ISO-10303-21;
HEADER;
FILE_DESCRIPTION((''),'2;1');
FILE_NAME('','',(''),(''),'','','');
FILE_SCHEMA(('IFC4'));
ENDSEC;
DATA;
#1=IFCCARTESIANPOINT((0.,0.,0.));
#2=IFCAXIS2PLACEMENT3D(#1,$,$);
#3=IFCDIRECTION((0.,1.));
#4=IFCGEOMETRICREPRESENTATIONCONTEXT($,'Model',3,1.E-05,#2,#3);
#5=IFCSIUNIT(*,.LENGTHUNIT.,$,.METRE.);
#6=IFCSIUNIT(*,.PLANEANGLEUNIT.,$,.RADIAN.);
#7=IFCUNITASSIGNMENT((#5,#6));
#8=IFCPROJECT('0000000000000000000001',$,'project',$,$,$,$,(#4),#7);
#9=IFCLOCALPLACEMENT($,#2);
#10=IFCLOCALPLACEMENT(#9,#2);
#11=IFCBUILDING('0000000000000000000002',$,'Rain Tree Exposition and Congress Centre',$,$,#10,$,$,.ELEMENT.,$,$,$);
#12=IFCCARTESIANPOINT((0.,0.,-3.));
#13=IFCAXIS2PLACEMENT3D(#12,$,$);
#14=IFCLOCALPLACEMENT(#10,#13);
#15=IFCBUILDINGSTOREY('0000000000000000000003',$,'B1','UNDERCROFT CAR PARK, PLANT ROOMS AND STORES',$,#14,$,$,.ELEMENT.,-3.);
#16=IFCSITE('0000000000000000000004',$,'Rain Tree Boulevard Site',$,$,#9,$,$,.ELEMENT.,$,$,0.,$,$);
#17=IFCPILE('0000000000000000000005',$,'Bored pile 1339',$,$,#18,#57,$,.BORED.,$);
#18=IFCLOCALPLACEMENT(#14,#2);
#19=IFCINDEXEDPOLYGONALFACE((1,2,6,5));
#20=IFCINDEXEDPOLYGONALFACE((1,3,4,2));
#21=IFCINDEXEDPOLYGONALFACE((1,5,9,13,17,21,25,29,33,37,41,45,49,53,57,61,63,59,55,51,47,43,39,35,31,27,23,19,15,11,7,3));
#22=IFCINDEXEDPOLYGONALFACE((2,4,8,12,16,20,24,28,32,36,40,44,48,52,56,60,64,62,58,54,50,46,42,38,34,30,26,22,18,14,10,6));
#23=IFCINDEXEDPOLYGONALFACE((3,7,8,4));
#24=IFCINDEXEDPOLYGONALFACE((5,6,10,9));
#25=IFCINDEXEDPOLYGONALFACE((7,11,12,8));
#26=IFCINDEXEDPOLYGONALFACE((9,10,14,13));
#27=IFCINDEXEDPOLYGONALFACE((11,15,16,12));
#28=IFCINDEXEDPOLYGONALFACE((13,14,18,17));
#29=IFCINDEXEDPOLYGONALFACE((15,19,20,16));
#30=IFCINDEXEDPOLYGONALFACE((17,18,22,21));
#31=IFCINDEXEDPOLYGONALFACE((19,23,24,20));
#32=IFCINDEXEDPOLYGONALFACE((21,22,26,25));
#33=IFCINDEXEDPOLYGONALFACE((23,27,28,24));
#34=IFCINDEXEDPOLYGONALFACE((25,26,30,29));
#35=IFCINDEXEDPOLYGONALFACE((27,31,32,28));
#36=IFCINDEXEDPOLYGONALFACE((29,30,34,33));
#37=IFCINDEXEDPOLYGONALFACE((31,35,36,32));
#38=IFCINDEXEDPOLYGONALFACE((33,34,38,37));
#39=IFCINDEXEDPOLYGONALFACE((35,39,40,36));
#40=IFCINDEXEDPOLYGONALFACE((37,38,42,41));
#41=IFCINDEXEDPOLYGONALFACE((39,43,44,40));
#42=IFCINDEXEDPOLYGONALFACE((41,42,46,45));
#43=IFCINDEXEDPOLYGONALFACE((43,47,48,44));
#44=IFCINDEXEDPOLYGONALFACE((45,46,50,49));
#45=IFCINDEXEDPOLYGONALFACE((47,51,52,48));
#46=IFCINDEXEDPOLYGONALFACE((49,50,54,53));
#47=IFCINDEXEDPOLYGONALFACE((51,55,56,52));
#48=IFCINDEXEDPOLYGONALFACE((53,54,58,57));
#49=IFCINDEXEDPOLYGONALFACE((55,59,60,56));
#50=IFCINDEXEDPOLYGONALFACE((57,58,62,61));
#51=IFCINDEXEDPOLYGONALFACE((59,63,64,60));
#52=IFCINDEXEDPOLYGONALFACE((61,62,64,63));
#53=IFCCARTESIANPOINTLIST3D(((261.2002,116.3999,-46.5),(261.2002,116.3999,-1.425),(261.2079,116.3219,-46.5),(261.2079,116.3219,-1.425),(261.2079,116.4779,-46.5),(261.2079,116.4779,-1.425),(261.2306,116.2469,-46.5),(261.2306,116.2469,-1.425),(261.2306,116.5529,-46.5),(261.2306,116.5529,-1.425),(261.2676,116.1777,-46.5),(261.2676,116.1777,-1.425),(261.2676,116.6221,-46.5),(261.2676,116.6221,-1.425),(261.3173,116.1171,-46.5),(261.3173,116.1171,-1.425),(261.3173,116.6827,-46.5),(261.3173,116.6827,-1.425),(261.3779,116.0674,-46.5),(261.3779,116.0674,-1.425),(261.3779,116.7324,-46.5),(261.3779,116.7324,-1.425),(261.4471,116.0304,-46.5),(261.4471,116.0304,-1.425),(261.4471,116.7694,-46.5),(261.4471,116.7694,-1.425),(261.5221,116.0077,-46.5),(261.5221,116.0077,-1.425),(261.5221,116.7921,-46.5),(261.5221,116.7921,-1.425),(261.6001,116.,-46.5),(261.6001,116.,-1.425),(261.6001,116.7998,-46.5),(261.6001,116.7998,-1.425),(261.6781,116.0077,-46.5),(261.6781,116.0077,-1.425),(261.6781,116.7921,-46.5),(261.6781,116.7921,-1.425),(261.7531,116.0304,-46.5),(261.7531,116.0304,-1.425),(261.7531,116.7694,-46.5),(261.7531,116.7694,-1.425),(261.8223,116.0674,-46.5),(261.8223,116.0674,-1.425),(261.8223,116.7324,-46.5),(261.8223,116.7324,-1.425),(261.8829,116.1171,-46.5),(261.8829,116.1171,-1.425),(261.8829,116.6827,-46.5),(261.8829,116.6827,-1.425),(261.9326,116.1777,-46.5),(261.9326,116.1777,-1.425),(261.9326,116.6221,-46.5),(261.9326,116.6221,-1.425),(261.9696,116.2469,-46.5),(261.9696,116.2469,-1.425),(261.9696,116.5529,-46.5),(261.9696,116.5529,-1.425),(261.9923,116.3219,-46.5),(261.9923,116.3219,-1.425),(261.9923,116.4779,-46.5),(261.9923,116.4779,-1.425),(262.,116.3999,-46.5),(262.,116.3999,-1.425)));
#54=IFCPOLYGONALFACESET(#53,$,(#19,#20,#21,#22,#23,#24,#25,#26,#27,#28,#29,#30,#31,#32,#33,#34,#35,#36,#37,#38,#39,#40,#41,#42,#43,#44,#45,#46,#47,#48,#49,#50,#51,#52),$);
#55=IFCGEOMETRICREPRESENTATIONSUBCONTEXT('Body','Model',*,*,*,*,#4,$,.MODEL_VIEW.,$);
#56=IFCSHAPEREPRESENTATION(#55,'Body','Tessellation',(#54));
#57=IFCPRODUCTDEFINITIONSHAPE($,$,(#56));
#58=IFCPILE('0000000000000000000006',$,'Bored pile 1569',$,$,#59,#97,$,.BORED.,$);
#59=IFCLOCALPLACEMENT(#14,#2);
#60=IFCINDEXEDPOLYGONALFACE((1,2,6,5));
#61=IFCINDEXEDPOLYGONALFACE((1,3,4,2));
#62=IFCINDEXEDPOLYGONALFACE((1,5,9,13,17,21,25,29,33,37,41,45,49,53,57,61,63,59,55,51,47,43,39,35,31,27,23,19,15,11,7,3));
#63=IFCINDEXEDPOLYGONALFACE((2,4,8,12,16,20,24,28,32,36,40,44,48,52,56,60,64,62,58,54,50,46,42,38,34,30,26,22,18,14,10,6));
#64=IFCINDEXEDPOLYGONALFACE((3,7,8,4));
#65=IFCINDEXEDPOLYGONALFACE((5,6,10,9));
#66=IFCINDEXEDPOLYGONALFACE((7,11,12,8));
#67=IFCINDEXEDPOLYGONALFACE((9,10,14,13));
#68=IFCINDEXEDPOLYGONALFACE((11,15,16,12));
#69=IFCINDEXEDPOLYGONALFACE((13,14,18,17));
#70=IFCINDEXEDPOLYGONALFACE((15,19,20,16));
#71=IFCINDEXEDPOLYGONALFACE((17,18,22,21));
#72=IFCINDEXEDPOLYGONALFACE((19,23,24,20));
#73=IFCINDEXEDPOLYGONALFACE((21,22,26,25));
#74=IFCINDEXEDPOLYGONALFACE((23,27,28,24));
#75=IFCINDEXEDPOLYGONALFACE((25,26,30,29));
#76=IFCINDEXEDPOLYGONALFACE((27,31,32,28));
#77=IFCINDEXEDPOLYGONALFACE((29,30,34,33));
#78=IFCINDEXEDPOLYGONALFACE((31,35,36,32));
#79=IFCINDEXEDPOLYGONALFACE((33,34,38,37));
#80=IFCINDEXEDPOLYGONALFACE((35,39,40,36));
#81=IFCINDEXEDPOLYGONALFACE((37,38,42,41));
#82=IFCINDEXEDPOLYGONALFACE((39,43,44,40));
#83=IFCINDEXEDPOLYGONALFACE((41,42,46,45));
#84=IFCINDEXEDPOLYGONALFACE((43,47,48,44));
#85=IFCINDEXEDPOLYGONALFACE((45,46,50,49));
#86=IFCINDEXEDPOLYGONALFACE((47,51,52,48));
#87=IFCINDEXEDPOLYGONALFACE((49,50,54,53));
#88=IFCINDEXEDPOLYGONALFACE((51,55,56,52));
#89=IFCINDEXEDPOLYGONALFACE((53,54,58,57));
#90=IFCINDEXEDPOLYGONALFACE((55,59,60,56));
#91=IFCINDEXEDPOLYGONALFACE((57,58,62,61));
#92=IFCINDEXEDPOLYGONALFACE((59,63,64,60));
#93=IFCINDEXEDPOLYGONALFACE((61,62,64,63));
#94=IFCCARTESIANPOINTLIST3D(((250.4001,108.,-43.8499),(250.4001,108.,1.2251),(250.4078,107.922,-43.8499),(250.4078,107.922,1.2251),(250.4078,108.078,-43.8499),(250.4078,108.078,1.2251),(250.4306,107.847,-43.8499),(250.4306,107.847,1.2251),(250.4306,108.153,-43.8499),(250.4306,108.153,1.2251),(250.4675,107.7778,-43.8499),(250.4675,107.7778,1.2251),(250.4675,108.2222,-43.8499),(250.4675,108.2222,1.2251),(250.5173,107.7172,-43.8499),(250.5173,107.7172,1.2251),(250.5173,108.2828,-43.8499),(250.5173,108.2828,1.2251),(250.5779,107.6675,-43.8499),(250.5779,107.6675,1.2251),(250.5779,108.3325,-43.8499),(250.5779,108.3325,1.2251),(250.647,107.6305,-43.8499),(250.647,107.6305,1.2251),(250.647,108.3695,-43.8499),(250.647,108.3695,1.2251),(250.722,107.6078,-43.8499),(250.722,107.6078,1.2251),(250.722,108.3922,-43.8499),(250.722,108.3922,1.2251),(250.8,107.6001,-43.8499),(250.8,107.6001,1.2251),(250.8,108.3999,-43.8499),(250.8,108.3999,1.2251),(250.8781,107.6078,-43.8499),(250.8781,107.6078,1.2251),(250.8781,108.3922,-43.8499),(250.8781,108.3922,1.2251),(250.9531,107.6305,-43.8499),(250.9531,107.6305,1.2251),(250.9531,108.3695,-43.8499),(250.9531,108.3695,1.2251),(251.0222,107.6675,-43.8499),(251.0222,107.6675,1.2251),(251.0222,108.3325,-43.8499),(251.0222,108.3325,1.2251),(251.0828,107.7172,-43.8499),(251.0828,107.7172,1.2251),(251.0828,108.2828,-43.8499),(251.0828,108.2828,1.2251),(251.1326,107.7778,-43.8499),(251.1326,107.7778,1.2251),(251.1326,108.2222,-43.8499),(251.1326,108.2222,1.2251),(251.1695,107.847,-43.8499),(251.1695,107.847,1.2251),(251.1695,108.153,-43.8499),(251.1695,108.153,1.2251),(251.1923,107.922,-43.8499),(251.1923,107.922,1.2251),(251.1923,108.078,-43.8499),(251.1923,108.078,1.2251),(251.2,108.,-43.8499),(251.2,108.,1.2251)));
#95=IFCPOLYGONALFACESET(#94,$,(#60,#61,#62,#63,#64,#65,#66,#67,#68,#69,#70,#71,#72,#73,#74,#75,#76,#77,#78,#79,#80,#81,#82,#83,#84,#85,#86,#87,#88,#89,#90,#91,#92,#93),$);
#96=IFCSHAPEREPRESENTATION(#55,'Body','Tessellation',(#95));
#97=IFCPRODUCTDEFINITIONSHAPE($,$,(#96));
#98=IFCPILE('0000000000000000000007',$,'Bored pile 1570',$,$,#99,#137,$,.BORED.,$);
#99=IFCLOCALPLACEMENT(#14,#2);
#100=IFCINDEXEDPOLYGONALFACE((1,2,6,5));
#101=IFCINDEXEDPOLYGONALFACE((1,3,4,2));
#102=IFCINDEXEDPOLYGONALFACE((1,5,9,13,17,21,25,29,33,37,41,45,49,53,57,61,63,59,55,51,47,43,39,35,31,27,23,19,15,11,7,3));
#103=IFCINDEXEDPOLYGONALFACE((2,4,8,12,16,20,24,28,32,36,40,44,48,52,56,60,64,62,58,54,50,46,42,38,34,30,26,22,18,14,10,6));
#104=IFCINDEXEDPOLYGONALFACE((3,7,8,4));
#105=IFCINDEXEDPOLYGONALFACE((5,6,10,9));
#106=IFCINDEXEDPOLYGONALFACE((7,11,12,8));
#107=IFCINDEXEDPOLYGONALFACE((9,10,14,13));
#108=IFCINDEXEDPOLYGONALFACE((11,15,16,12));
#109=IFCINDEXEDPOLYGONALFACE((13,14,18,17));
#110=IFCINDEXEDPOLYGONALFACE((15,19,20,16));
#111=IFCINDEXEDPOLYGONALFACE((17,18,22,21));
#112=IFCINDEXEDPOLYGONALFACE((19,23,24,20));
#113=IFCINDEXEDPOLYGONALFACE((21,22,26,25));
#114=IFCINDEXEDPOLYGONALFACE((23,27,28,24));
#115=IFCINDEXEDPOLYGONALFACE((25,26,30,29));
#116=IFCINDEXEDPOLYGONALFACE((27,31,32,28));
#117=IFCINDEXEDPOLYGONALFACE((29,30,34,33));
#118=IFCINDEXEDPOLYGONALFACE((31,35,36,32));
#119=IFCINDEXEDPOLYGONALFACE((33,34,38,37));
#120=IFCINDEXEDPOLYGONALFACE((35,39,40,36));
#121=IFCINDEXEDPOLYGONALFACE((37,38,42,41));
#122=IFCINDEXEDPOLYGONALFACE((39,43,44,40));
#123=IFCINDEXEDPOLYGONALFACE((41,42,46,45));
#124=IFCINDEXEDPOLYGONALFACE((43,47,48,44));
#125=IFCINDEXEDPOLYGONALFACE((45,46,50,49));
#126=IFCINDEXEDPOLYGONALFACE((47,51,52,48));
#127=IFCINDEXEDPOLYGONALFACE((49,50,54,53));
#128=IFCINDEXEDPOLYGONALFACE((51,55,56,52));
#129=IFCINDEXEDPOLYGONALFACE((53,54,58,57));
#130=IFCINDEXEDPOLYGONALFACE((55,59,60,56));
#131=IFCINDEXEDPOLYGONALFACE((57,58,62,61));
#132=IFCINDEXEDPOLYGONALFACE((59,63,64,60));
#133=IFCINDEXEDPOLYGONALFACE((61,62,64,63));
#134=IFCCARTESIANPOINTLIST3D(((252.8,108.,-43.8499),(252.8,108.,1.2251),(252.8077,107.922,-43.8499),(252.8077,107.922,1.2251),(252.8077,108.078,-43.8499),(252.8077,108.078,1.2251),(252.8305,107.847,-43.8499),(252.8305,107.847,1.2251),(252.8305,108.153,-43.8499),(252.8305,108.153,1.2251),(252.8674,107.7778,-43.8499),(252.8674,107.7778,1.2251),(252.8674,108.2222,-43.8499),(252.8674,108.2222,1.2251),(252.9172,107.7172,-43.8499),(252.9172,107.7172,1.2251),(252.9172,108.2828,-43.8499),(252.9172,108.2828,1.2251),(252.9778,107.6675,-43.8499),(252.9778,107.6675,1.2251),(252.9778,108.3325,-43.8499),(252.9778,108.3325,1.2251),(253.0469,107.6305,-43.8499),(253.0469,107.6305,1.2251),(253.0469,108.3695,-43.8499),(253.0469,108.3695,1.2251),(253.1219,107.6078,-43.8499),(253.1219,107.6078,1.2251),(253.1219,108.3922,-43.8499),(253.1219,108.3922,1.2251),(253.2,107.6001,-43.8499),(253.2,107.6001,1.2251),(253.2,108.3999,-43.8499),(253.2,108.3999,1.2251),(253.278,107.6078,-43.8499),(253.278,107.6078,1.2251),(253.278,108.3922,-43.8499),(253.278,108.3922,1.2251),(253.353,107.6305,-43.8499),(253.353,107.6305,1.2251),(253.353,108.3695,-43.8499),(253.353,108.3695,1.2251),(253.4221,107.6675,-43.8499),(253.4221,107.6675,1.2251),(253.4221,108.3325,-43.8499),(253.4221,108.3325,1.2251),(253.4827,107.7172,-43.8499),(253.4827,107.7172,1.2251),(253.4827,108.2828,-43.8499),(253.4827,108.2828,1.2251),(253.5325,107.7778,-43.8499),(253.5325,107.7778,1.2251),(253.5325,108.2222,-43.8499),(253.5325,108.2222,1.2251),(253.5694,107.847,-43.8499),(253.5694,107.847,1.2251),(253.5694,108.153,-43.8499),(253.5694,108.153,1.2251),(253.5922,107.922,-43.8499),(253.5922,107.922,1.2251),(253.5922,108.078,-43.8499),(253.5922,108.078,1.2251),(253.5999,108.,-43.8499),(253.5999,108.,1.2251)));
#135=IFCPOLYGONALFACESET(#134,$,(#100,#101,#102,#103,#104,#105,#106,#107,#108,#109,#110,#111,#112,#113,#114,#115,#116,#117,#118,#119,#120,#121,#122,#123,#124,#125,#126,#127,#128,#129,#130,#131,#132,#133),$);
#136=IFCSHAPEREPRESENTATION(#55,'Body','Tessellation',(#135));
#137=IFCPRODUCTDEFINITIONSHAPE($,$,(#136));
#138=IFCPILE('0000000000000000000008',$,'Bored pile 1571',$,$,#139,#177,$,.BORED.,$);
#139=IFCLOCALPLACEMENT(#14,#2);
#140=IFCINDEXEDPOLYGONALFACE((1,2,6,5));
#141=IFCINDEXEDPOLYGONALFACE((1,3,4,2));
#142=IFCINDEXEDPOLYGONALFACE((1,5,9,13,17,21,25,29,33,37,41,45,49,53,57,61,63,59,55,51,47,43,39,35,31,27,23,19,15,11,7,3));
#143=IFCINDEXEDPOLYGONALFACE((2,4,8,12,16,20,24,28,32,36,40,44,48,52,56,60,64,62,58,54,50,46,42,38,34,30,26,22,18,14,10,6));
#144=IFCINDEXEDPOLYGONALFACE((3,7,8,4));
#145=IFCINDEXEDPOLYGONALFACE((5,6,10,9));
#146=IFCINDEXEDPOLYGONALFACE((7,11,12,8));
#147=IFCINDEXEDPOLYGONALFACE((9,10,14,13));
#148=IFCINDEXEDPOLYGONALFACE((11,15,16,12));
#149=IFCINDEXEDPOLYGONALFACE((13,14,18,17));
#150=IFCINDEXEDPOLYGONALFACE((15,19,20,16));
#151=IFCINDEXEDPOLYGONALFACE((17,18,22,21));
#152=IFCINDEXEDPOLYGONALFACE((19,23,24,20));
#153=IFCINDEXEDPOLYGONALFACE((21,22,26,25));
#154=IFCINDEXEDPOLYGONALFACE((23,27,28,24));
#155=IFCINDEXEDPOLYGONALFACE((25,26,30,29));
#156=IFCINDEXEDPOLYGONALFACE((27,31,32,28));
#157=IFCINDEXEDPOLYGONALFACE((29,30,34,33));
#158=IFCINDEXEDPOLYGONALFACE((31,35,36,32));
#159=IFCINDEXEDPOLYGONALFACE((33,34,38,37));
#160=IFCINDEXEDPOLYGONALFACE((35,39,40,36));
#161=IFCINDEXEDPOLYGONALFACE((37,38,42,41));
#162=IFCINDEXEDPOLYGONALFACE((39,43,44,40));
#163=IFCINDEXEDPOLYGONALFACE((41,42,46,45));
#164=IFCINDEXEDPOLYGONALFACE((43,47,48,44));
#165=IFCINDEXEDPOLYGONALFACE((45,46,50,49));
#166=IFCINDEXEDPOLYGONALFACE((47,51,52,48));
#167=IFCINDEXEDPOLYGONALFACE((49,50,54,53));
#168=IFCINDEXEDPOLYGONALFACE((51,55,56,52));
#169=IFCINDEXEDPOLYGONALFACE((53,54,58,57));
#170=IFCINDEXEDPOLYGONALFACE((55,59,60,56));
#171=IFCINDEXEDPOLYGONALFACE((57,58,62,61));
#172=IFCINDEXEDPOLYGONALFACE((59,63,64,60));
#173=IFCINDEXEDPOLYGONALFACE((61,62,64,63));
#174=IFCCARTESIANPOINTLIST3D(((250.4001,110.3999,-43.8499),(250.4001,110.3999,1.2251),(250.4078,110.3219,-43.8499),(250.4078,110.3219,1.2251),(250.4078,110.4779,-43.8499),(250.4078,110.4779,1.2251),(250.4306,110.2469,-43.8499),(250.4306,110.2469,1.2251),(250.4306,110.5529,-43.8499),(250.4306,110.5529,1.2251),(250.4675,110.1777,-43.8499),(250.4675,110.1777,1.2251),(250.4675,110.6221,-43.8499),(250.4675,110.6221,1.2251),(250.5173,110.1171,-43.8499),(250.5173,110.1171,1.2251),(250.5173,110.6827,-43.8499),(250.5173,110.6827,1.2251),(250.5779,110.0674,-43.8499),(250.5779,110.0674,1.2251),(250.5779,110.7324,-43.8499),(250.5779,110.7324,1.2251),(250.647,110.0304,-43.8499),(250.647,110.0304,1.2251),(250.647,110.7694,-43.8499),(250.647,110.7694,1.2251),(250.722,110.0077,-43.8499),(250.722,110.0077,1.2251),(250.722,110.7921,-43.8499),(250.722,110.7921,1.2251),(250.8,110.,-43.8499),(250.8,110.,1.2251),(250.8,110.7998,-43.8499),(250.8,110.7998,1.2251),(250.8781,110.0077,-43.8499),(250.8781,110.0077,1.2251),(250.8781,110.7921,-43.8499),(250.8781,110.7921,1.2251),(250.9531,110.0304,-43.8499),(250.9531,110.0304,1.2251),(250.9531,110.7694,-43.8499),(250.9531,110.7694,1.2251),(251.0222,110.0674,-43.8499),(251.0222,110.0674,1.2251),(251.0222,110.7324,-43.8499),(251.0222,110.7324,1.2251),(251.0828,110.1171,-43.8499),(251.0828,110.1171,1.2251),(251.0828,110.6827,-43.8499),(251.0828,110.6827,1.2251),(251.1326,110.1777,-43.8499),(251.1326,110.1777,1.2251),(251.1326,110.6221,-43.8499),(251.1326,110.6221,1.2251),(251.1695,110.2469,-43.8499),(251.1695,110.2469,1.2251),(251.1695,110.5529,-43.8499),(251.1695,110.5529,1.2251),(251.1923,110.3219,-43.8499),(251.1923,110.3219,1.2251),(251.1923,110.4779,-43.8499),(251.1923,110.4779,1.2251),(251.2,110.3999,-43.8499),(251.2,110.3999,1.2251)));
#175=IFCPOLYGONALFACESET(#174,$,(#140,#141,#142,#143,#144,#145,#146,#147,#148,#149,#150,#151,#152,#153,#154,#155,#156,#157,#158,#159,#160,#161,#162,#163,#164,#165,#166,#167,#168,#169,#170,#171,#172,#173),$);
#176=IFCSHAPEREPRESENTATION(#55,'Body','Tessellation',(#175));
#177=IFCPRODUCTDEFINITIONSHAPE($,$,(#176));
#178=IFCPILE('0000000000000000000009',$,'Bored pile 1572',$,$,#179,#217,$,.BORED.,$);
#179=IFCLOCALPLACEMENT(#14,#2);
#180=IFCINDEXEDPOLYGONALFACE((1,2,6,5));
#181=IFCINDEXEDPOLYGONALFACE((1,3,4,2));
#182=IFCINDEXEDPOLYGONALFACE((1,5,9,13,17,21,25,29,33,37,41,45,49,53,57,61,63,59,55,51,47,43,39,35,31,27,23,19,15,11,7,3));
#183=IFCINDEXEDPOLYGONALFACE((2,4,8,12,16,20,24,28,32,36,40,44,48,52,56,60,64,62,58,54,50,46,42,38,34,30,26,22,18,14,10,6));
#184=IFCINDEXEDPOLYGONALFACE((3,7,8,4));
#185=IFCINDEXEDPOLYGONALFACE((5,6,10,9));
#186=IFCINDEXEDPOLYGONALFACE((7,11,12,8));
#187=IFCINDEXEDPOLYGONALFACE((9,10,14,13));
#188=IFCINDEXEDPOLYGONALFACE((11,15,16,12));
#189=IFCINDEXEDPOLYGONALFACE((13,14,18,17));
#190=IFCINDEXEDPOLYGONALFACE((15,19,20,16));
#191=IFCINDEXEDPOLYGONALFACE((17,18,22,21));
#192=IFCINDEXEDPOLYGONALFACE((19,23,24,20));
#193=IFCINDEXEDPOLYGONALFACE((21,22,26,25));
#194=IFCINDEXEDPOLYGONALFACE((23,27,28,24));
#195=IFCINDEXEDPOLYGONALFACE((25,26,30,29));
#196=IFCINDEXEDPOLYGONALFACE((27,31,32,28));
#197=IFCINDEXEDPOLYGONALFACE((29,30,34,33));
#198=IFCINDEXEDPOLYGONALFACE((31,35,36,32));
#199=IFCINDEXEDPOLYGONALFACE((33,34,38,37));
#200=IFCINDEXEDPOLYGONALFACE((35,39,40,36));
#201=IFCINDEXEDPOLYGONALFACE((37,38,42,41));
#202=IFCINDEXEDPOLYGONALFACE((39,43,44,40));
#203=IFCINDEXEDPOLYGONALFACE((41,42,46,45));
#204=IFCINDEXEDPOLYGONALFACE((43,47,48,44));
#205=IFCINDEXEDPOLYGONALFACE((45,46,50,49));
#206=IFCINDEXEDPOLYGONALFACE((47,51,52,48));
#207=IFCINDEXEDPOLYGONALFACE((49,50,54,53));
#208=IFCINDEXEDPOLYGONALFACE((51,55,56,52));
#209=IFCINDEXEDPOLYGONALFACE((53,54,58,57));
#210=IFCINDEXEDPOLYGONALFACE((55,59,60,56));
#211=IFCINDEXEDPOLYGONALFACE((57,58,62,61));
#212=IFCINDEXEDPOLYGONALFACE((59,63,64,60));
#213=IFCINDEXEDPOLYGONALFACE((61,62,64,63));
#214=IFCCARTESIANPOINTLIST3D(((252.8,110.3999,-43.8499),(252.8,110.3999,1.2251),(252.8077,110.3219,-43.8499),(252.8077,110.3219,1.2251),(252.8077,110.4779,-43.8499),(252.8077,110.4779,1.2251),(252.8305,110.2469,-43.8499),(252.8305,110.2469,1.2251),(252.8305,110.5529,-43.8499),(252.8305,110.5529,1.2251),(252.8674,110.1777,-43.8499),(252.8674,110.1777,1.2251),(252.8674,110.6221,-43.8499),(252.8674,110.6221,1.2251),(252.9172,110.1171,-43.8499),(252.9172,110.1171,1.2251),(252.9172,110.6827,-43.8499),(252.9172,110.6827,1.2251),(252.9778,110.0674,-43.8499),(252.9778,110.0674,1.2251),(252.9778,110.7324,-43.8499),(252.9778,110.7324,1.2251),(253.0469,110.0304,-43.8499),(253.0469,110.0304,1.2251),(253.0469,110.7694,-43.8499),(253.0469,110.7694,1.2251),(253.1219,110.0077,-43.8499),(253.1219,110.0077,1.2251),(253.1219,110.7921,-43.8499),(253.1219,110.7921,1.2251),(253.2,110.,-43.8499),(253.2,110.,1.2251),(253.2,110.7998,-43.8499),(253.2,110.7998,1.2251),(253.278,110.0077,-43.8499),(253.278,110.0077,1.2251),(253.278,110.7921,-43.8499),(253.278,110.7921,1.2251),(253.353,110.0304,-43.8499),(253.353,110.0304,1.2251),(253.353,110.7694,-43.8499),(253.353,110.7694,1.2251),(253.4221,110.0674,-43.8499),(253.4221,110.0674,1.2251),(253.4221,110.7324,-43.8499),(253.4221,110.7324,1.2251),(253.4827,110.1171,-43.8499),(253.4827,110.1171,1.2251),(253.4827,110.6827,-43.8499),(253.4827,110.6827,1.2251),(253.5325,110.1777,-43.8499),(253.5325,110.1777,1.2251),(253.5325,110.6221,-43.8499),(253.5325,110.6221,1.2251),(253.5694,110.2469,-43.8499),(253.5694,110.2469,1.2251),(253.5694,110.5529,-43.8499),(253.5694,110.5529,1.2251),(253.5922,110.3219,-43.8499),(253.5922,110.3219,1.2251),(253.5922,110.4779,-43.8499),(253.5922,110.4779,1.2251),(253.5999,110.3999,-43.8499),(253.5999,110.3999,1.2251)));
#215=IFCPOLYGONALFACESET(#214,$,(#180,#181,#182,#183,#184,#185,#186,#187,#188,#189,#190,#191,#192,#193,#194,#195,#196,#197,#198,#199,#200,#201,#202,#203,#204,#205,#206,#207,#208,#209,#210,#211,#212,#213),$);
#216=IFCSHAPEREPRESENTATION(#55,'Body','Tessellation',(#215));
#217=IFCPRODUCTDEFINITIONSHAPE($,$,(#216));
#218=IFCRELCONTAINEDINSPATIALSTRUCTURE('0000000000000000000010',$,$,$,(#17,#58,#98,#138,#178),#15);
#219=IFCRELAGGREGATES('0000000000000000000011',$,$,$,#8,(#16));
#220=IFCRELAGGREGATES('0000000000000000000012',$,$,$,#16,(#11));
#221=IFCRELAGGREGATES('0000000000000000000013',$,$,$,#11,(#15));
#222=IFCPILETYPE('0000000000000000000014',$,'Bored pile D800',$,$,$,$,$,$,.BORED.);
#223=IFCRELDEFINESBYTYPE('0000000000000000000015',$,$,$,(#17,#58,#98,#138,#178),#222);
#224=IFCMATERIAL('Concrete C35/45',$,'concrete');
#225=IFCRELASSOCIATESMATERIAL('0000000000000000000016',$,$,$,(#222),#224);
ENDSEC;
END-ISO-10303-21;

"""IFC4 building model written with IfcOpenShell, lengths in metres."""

from ifc_helpers import new_model, si_unit, direction, frame, origin, origin_2d, place, context, subcontext, project, spatial, circle, extrude, material, material_profile, profile_set, type_object, element, save


model = new_model("IFC4")

# Units and contexts
model_context = context("Model", 3, precision=1e-05, world=origin(), true_north=direction((0.0, 1.0)))
body_context = subcontext(model_context, "Body", "Model", "MODEL_VIEW")
ifc_project = project(units=[si_unit("LENGTHUNIT", "METRE"), si_unit("PLANEANGLEUNIT", "RADIAN")], contexts=[model_context])

# Site, building, storey
site_placement = place(None, origin())
site = spatial("IfcSite", under=ifc_project, at=site_placement, Name="Rain Tree Boulevard Site", CompositionType="ELEMENT", RefElevation=0.0)
building_placement = place(site_placement, origin())
building = spatial("IfcBuilding", under=site, at=building_placement, Name="Rain Tree Exposition and Congress Centre", CompositionType="ELEMENT")
storey_placement = place(building_placement, frame((0.0, 0.0, -3.0)))
storey = spatial("IfcBuildingStorey", under=building, at=storey_placement, Name="B1", Description="UNDERCROFT CAR PARK, PLANT ROOMS AND STORES", CompositionType="ELEMENT", Elevation=-3.0)

# Piles
ifc_material_1 = material(Name="Concrete C35/45", Category="concrete")
ifc_material_profile_1 = material_profile(ifc_material_1, circle(Radius=0.3999, at=origin_2d()), Name="D800")
ifc_profile_set_1 = profile_set([ifc_material_profile_1], Name="Concrete C35/45")
pile_type_1 = type_object("IfcPileType", Name="Bored pile D800", PredefinedType="BORED", material=ifc_profile_set_1)
for number, where, z_axis, x_axis, name in (
    (1, (261.6001, 116.3999, -1.425), (0.0, 0.0, -1.0), (1.0, 0.0, 0.0), "Bored pile 1339"),
    (2, (250.8, 108.0, 1.2251), (0.0, 0.0, -1.0), (1.0, 0.0, 0.0), "Bored pile 1569"),
    (3, (253.2, 108.0, 1.2251), (0.0, 0.0, -1.0), (1.0, 0.0, 0.0), "Bored pile 1570"),
    (4, (250.8, 110.3999, 1.2251), (0.0, 0.0, -1.0), (1.0, 0.0, 0.0), "Bored pile 1571"),
    (5, (253.2, 110.3999, 1.2251), (0.0, 0.0, -1.0), (1.0, 0.0, 0.0), "Bored pile 1572"),
):
    element("IfcPile", number, at=place(storey_placement, frame(where, z_axis=z_axis, x_axis=x_axis)), inside=storey, type_object=pile_type_1, Name=name, PredefinedType="BORED", context=body_context, shape_type="SweptSolid", body=[
        extrude(circle(Radius=0.3999, at=origin_2d()), origin(), (0.0, 0.0, 1.0), 45.075),
    ])

save(model, "model.ifc")
